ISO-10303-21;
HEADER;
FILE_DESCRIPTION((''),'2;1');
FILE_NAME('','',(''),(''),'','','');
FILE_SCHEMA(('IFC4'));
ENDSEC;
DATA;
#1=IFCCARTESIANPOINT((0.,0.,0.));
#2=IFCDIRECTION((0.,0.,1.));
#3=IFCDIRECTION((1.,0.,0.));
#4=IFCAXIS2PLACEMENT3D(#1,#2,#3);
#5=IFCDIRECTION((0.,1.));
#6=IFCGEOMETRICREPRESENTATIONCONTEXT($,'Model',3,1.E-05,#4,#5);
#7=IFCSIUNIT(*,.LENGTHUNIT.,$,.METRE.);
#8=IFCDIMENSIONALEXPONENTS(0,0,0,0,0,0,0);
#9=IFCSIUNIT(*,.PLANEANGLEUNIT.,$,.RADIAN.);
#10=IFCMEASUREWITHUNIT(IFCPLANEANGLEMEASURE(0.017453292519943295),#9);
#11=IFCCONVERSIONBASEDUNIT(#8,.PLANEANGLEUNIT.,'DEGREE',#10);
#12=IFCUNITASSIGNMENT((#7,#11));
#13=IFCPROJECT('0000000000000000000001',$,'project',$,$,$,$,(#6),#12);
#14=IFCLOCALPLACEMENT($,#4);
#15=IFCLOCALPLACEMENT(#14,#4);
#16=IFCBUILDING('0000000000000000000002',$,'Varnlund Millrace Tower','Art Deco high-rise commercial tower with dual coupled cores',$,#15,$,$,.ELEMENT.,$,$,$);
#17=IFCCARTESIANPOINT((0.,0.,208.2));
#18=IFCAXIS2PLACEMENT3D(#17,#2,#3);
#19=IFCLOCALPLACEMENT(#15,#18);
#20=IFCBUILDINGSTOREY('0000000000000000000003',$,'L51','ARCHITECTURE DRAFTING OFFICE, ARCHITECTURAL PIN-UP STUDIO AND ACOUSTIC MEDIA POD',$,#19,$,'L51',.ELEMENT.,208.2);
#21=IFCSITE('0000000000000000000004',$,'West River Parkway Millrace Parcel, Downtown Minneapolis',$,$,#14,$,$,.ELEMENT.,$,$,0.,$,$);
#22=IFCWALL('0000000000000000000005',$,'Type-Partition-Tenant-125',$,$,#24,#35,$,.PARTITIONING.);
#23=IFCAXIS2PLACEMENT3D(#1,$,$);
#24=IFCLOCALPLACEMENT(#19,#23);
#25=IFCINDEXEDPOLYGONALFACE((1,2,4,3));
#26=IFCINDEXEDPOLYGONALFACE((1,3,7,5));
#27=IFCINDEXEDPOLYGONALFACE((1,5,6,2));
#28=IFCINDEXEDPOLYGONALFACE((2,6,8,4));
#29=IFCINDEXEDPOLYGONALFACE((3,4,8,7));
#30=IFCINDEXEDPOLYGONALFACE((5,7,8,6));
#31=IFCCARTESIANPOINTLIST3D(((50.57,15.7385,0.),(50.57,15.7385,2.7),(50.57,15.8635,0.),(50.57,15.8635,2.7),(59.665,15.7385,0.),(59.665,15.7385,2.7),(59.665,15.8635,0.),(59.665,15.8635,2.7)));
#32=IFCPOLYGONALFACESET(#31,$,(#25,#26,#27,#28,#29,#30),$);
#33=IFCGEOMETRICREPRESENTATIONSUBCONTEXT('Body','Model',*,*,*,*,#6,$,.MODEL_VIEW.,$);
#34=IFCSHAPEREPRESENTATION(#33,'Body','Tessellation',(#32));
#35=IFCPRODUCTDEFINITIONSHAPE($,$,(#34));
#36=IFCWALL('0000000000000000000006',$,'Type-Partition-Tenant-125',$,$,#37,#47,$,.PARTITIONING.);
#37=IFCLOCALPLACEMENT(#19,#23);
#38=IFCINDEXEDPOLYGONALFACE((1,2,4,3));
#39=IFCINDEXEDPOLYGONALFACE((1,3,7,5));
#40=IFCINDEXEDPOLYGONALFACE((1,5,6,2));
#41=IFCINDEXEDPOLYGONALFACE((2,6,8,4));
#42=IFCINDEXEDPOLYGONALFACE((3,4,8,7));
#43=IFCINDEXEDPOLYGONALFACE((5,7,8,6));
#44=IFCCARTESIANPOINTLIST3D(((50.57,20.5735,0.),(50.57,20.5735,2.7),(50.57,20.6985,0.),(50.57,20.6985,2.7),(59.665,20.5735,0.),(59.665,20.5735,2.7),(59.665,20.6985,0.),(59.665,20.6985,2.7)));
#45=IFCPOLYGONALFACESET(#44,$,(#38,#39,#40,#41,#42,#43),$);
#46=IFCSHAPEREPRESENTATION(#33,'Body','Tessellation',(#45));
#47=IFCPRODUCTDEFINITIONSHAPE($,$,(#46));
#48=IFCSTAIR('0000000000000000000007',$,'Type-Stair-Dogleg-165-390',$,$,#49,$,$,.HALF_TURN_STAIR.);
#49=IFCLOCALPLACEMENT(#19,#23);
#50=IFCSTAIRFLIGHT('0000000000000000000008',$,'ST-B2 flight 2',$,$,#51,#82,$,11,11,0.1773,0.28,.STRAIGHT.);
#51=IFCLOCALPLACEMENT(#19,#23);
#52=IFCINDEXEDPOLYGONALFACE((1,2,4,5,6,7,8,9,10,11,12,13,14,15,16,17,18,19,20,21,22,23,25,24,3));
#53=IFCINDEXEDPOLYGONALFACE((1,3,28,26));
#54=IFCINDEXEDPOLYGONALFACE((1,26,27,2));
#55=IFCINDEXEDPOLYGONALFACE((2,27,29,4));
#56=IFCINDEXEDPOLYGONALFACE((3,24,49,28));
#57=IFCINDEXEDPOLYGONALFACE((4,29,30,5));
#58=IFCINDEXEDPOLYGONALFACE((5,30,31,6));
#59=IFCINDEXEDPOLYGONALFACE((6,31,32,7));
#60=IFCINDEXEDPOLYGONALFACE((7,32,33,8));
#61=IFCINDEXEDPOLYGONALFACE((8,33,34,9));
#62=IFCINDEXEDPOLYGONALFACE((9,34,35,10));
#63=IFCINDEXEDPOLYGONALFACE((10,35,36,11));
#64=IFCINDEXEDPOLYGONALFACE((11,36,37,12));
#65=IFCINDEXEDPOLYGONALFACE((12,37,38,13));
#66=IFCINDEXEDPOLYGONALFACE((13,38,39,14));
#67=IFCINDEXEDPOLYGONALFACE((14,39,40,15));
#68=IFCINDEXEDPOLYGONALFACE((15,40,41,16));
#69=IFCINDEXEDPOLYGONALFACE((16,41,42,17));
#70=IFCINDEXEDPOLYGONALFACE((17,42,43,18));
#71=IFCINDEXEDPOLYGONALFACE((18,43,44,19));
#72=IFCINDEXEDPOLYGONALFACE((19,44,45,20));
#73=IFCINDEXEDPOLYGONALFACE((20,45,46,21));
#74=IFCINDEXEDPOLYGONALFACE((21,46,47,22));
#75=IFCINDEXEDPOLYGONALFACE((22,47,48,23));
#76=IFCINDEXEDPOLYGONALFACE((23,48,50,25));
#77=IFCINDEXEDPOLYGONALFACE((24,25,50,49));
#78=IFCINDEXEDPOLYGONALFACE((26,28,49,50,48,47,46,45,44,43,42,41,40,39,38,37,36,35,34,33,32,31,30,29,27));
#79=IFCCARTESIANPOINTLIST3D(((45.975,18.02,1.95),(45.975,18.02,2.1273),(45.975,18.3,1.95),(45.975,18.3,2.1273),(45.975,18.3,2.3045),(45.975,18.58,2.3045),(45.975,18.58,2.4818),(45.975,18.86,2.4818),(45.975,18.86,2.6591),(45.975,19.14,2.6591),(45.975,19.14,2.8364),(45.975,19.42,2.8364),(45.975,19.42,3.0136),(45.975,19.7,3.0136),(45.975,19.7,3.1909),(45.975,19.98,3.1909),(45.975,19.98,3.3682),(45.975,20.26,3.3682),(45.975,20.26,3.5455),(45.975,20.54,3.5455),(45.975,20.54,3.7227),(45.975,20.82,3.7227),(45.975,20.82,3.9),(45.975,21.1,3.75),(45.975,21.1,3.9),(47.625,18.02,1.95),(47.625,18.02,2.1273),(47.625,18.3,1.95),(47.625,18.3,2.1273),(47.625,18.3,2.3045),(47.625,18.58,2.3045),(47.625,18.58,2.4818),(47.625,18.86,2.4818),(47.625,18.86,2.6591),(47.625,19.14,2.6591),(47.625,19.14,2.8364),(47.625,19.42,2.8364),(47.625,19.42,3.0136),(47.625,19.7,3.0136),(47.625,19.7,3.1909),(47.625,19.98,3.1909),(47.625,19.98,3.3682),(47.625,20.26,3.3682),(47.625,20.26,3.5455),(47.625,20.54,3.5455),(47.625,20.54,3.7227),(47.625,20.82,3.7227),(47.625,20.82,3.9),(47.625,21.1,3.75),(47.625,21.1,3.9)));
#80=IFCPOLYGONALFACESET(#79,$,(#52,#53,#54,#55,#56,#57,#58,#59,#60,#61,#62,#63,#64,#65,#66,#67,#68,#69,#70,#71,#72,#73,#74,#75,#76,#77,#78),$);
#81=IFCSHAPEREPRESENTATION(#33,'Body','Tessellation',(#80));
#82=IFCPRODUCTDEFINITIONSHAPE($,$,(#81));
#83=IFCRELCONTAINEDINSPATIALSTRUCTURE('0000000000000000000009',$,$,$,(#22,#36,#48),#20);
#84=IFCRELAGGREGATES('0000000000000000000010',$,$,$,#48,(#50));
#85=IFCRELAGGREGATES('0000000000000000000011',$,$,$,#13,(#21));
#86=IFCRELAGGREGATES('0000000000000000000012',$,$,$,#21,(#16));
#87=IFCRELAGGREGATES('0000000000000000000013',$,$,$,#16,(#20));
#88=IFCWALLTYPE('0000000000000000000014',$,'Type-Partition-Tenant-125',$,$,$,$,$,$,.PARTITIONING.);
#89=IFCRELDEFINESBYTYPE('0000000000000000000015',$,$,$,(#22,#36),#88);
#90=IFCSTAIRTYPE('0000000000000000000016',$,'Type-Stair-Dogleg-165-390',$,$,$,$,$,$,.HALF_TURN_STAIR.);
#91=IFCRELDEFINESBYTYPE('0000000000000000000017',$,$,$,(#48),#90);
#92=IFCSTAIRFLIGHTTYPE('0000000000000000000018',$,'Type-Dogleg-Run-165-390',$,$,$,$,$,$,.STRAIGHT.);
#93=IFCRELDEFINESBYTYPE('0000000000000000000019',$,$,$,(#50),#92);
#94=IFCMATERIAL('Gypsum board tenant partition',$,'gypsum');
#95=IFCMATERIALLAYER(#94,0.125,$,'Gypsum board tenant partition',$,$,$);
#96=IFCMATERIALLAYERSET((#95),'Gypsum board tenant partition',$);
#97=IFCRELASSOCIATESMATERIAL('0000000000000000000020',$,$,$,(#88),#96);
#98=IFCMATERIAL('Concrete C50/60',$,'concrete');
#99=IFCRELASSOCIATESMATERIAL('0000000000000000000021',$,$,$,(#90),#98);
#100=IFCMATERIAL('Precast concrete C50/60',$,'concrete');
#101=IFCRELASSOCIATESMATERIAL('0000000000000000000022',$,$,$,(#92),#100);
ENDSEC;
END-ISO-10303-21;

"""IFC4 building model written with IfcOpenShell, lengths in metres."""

from ifc_helpers import new_model, entity, si_unit, converted_unit, direction, frame, origin_with_axes, place, context, subcontext, project, spatial, polyline, outline, extrude, material, layer, layer_set, type_object, element, aggregate, save


model = new_model("IFC4")

# Units and contexts
model_context = context("Model", 3, precision=1e-05, world=origin_with_axes(), true_north=direction((0.0, 1.0)))
body_context = subcontext(model_context, "Body", "Model", "MODEL_VIEW")
ifc_project = project(units=[si_unit("LENGTHUNIT", "METRE"), converted_unit("PLANEANGLEUNIT", "DEGREE", entity("IfcPlaneAngleMeasure", 0.017453292519943295), si_unit("PLANEANGLEUNIT", "RADIAN"), dimensions=[0, 0, 0, 0, 0, 0, 0])], contexts=[model_context])

# Site, building, storey
site_placement = place(None, origin_with_axes())
site = spatial("IfcSite", under=ifc_project, at=site_placement, Name="West River Parkway Millrace Parcel, Downtown Minneapolis", CompositionType="ELEMENT", RefElevation=0.0)
building_placement = place(site_placement, origin_with_axes())
building = spatial("IfcBuilding", under=site, at=building_placement, Name="Varnlund Millrace Tower", Description="Art Deco high-rise commercial tower with dual coupled cores", CompositionType="ELEMENT")
storey_placement = place(building_placement, frame((0.0, 0.0, 208.2), z_axis=(0.0, 0.0, 1.0), x_axis=(1.0, 0.0, 0.0)))
storey = spatial("IfcBuildingStorey", under=building, at=storey_placement, Name="L51", Description="ARCHITECTURE DRAFTING OFFICE, ARCHITECTURAL PIN-UP STUDIO AND ACOUSTIC MEDIA POD", LongName="L51", CompositionType="ELEMENT", Elevation=208.2)

# Shared definitions
ifc_material_1 = material(Name="Precast concrete C50/60", Category="concrete")

# Walls
ifc_material_2 = material(Name="Gypsum board tenant partition", Category="gypsum")
ifc_layer_1 = layer(ifc_material_2, 0.125, Name="Gypsum board tenant partition")
ifc_layer_set_1 = layer_set([ifc_layer_1], Name="Gypsum board tenant partition")
wall_type_1 = type_object("IfcWallType", Name="Type-Partition-Tenant-125", PredefinedType="PARTITIONING", material=ifc_layer_set_1)
for number, where, z_axis, x_axis, name in (
    (1, (50.57, 15.801, 0.0), (0.0, 0.0, 1.0), (1.0, 0.0, 0.0), "Type-Partition-Tenant-125"),
    (2, (50.57, 20.636, 0.0), (0.0, 0.0, 1.0), (1.0, 0.0, 0.0), "Type-Partition-Tenant-125"),
):
    element("IfcWall", number, at=place(storey_placement, frame(where, z_axis=z_axis, x_axis=x_axis)), inside=storey, type_object=wall_type_1, Name=name, PredefinedType="PARTITIONING", context=body_context, shape_type="SweptSolid", body=[
        extrude(outline(polyline([(0.0, -0.0625), (9.095, -0.0625), (9.095, 0.0625), (0.0, 0.0625), (0.0, -0.0625)])), origin_with_axes(), (0.0, 0.0, 1.0), 2.7),
    ])

# Stair, stair flight
ifc_material_3 = material(Name="Concrete C50/60", Category="concrete")
stair_type = type_object("IfcStairType", Name="Type-Stair-Dogleg-165-390", PredefinedType="HALF_TURN_STAIR", material=ifc_material_3)
stair_placement = place(storey_placement, origin_with_axes())
stair = element("IfcStair", 3, at=stair_placement, inside=storey, type_object=stair_type, Name="Type-Stair-Dogleg-165-390", PredefinedType="HALF_TURN_STAIR")
stair_flight_type = type_object("IfcStairFlightType", Name="Type-Dogleg-Run-165-390", PredefinedType="STRAIGHT", material=ifc_material_1)
stair_flight_placement = place(storey_placement, frame((45.975, 18.02, 1.95), z_axis=(1.0, 0.0, 0.0), x_axis=(0.0, 1.0, 0.0)))
stair_flight = element("IfcStairFlight", 4, at=stair_flight_placement, type_object=stair_flight_type, Name="ST-B2 flight 2", NumberOfRisers=11, NumberOfTreads=11, PredefinedType="STRAIGHT", RiserHeight=0.1773, TreadLength=0.28, context=body_context, shape_type="SweptSolid", body=[
    extrude(outline(polyline([(0.0, 0.0), (0.0, 0.1773), (0.28, 0.1773), (0.28, 0.3545), (0.56, 0.3545), (0.56, 0.5318), (0.84, 0.5318), (0.84, 0.7091), (1.12, 0.7091), (1.12, 0.8864), (1.4, 0.8864), (1.4, 1.0636), (1.68, 1.0636), (1.68, 1.2409), (1.96, 1.2409), (1.96, 1.4182), (2.24, 1.4182), (2.24, 1.5955), (2.52, 1.5955), (2.52, 1.7727), (2.8, 1.7727), (2.8, 1.95), (3.08, 1.95), (3.08, 1.8), (0.28, 0.0), (0.0, 0.0)])), origin_with_axes(), (0.0, 0.0, 1.0), 1.65),
])
aggregate(stair, [stair_flight])

save(model, "model.ifc")
